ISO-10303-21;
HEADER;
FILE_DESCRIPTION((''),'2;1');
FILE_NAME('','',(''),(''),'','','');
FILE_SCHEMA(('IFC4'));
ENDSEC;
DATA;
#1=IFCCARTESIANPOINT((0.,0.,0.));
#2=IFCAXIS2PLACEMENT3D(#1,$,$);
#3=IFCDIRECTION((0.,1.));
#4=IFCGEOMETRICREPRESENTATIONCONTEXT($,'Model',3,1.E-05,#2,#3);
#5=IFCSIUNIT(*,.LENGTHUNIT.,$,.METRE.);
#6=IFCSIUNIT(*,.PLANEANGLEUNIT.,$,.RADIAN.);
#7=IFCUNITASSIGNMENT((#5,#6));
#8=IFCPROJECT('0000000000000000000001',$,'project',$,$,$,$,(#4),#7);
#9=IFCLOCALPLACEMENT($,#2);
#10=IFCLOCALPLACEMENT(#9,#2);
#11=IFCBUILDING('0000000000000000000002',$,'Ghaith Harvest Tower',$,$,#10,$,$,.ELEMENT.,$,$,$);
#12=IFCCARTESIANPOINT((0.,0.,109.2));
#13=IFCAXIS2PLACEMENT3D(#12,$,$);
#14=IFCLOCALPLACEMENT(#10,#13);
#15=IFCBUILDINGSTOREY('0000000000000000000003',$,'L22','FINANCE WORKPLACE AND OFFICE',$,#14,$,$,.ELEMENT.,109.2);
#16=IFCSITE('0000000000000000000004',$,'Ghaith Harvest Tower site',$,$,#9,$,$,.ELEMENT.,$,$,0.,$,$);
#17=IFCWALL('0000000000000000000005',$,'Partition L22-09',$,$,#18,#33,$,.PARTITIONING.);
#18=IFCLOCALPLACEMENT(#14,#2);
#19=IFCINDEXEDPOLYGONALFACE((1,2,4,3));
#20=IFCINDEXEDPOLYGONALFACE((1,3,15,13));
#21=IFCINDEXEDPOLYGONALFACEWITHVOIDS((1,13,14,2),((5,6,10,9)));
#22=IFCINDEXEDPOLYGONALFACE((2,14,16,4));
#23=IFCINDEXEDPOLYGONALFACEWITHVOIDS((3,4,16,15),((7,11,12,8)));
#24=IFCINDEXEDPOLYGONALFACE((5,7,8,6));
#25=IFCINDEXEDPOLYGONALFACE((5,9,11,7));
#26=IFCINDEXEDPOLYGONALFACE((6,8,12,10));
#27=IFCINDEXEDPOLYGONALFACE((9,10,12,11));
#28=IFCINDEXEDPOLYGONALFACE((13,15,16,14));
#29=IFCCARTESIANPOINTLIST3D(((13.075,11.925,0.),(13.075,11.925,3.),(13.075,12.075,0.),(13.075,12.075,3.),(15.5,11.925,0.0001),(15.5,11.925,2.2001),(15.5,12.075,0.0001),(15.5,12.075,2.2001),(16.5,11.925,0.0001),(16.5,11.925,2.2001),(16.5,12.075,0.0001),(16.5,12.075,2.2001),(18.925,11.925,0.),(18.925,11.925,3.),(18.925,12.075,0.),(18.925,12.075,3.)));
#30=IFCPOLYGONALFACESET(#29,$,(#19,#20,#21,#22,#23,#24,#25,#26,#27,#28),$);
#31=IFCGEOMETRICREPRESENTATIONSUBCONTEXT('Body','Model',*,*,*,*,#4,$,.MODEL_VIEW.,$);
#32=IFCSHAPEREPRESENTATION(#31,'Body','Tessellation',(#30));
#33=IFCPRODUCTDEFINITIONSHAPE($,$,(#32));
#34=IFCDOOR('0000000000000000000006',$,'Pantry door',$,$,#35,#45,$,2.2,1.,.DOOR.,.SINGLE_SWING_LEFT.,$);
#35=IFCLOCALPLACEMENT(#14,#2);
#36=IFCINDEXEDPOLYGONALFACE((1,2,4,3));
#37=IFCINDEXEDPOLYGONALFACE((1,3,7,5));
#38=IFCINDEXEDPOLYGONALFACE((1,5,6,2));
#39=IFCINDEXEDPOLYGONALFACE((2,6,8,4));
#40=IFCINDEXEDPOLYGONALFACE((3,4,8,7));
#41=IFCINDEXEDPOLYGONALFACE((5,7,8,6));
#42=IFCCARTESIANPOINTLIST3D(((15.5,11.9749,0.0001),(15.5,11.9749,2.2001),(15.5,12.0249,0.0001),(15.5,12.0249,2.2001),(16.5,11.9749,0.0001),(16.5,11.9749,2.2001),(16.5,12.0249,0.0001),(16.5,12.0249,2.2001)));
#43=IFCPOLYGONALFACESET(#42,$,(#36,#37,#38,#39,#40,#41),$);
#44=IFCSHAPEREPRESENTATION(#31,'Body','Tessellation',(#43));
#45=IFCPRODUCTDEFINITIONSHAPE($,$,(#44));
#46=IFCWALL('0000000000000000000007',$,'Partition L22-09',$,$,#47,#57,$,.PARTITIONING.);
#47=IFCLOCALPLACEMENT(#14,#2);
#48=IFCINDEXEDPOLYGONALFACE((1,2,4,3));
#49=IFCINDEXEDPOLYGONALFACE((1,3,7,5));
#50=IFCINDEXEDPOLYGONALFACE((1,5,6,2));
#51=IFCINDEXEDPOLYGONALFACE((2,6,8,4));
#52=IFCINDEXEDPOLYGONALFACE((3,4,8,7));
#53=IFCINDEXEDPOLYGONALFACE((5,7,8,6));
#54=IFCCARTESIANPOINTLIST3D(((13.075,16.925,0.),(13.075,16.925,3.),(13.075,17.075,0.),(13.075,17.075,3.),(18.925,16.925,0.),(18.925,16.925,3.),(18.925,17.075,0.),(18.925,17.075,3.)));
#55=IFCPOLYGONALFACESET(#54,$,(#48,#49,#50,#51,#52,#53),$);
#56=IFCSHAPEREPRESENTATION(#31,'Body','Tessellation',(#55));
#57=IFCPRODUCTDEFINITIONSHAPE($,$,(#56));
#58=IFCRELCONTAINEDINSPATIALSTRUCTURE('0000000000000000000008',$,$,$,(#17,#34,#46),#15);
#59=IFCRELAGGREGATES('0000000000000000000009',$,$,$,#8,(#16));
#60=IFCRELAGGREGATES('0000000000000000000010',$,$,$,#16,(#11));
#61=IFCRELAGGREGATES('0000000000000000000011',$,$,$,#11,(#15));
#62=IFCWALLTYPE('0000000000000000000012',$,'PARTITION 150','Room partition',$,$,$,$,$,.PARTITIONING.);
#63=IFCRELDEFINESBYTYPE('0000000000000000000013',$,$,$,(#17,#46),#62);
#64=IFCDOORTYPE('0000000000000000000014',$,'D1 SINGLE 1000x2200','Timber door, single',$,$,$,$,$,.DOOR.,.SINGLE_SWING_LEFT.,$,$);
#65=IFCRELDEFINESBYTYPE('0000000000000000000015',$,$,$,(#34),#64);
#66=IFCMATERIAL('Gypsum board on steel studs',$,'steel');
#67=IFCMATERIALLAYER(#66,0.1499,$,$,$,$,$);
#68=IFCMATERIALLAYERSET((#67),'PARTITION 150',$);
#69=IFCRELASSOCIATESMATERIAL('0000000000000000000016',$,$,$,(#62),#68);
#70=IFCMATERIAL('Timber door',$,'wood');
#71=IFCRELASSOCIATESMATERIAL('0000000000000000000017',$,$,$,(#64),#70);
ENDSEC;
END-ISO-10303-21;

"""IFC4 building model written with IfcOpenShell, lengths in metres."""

from ifc_helpers import new_model, si_unit, direction, frame, frame_2d, origin, place, context, subcontext, project, spatial, rectangle, extrude, material, layer, layer_set, type_object, element, fill, save


model = new_model("IFC4")

# Units and contexts
model_context = context("Model", 3, precision=1e-05, world=origin(), true_north=direction((0.0, 1.0)))
body_context = subcontext(model_context, "Body", "Model", "MODEL_VIEW")
ifc_project = project(units=[si_unit("LENGTHUNIT", "METRE"), si_unit("PLANEANGLEUNIT", "RADIAN")], contexts=[model_context])

# Site, building, storey
site_placement = place(None, origin())
site = spatial("IfcSite", under=ifc_project, at=site_placement, Name="Ghaith Harvest Tower site", CompositionType="ELEMENT", RefElevation=0.0)
building_placement = place(site_placement, origin())
building = spatial("IfcBuilding", under=site, at=building_placement, Name="Ghaith Harvest Tower", CompositionType="ELEMENT")
storey_placement = place(building_placement, frame((0.0, 0.0, 109.2)))
storey = spatial("IfcBuildingStorey", under=building, at=storey_placement, Name="L22", Description="FINANCE WORKPLACE AND OFFICE", CompositionType="ELEMENT", Elevation=109.2)

# Shared definitions
ifc_material_1 = material(Name="Gypsum board on steel studs", Category="steel")
ifc_layer_1 = layer(ifc_material_1, 0.1499)
ifc_layer_set_1 = layer_set([ifc_layer_1], Name="PARTITION 150")
wall_type = type_object("IfcWallType", Name="PARTITION 150", Description="Room partition", PredefinedType="PARTITIONING", material=ifc_layer_set_1)

# Wall, opening, door
wall_1_placement = place(storey_placement, frame((13.075, 12.0, 0.0), z_axis=(0.0, 0.0, 1.0), x_axis=(1.0, 0.0, 0.0)))
wall_1 = element("IfcWall", 1, at=wall_1_placement, inside=storey, type_object=wall_type, Name="Partition L22-09", PredefinedType="PARTITIONING", context=body_context, shape_type="SweptSolid", body=[
    extrude(rectangle(XDim=5.8501, YDim=0.1499, at=frame_2d((2.925, 0.0))), origin(), (0.0, 0.0, 1.0), 3.0),
])
opening_1_placement = place(wall_1_placement, frame((2.425, 0.0, 0.0)))
opening_1 = element("IfcOpeningElement", 2, at=opening_1_placement, cuts=wall_1, PredefinedType="OPENING", context=body_context, shape_type="SweptSolid", body=[
    extrude(rectangle(XDim=1.0, YDim=2.2, at=frame_2d((0.5, 1.1001))), frame((0.0, 0.085, 0.0), z_axis=(0.0, -1.0, 0.0), x_axis=(1.0, 0.0, 0.0)), (0.0, 0.0, 1.0), 0.1699),
])
ifc_material_2 = material(Name="Timber door", Category="wood")
door_type_1 = type_object("IfcDoorType", Name="D1 SINGLE 1000x2200", Description="Timber door, single", OperationType="SINGLE_SWING_LEFT", PredefinedType="DOOR", material=ifc_material_2)
door_1_placement = place(opening_1_placement, origin())
door_1 = element("IfcDoor", 3, at=door_1_placement, inside=storey, type_object=door_type_1, Name="Pantry door", OperationType="SINGLE_SWING_LEFT", OverallHeight=2.2, OverallWidth=1.0, PredefinedType="DOOR", context=body_context, shape_type="SweptSolid", body=[
    extrude(rectangle(XDim=1.0, YDim=2.2, at=frame_2d((0.5, 1.1001))), frame((0.0, 0.0249, 0.0), z_axis=(0.0, -1.0, 0.0), x_axis=(1.0, 0.0, 0.0)), (0.0, 0.0, 1.0), 0.05),
])
fill(opening_1, door_1)

# Wall
wall_2_placement = place(storey_placement, frame((13.075, 17.0, 0.0), z_axis=(0.0, 0.0, 1.0), x_axis=(1.0, 0.0, 0.0)))
element("IfcWall", 4, at=wall_2_placement, inside=storey, type_object=wall_type, Name="Partition L22-09", PredefinedType="PARTITIONING", context=body_context, shape_type="SweptSolid", body=[
    extrude(rectangle(XDim=5.8501, YDim=0.1499, at=frame_2d((2.925, 0.0))), origin(), (0.0, 0.0, 1.0), 3.0),
])

save(model, "model.ifc")
